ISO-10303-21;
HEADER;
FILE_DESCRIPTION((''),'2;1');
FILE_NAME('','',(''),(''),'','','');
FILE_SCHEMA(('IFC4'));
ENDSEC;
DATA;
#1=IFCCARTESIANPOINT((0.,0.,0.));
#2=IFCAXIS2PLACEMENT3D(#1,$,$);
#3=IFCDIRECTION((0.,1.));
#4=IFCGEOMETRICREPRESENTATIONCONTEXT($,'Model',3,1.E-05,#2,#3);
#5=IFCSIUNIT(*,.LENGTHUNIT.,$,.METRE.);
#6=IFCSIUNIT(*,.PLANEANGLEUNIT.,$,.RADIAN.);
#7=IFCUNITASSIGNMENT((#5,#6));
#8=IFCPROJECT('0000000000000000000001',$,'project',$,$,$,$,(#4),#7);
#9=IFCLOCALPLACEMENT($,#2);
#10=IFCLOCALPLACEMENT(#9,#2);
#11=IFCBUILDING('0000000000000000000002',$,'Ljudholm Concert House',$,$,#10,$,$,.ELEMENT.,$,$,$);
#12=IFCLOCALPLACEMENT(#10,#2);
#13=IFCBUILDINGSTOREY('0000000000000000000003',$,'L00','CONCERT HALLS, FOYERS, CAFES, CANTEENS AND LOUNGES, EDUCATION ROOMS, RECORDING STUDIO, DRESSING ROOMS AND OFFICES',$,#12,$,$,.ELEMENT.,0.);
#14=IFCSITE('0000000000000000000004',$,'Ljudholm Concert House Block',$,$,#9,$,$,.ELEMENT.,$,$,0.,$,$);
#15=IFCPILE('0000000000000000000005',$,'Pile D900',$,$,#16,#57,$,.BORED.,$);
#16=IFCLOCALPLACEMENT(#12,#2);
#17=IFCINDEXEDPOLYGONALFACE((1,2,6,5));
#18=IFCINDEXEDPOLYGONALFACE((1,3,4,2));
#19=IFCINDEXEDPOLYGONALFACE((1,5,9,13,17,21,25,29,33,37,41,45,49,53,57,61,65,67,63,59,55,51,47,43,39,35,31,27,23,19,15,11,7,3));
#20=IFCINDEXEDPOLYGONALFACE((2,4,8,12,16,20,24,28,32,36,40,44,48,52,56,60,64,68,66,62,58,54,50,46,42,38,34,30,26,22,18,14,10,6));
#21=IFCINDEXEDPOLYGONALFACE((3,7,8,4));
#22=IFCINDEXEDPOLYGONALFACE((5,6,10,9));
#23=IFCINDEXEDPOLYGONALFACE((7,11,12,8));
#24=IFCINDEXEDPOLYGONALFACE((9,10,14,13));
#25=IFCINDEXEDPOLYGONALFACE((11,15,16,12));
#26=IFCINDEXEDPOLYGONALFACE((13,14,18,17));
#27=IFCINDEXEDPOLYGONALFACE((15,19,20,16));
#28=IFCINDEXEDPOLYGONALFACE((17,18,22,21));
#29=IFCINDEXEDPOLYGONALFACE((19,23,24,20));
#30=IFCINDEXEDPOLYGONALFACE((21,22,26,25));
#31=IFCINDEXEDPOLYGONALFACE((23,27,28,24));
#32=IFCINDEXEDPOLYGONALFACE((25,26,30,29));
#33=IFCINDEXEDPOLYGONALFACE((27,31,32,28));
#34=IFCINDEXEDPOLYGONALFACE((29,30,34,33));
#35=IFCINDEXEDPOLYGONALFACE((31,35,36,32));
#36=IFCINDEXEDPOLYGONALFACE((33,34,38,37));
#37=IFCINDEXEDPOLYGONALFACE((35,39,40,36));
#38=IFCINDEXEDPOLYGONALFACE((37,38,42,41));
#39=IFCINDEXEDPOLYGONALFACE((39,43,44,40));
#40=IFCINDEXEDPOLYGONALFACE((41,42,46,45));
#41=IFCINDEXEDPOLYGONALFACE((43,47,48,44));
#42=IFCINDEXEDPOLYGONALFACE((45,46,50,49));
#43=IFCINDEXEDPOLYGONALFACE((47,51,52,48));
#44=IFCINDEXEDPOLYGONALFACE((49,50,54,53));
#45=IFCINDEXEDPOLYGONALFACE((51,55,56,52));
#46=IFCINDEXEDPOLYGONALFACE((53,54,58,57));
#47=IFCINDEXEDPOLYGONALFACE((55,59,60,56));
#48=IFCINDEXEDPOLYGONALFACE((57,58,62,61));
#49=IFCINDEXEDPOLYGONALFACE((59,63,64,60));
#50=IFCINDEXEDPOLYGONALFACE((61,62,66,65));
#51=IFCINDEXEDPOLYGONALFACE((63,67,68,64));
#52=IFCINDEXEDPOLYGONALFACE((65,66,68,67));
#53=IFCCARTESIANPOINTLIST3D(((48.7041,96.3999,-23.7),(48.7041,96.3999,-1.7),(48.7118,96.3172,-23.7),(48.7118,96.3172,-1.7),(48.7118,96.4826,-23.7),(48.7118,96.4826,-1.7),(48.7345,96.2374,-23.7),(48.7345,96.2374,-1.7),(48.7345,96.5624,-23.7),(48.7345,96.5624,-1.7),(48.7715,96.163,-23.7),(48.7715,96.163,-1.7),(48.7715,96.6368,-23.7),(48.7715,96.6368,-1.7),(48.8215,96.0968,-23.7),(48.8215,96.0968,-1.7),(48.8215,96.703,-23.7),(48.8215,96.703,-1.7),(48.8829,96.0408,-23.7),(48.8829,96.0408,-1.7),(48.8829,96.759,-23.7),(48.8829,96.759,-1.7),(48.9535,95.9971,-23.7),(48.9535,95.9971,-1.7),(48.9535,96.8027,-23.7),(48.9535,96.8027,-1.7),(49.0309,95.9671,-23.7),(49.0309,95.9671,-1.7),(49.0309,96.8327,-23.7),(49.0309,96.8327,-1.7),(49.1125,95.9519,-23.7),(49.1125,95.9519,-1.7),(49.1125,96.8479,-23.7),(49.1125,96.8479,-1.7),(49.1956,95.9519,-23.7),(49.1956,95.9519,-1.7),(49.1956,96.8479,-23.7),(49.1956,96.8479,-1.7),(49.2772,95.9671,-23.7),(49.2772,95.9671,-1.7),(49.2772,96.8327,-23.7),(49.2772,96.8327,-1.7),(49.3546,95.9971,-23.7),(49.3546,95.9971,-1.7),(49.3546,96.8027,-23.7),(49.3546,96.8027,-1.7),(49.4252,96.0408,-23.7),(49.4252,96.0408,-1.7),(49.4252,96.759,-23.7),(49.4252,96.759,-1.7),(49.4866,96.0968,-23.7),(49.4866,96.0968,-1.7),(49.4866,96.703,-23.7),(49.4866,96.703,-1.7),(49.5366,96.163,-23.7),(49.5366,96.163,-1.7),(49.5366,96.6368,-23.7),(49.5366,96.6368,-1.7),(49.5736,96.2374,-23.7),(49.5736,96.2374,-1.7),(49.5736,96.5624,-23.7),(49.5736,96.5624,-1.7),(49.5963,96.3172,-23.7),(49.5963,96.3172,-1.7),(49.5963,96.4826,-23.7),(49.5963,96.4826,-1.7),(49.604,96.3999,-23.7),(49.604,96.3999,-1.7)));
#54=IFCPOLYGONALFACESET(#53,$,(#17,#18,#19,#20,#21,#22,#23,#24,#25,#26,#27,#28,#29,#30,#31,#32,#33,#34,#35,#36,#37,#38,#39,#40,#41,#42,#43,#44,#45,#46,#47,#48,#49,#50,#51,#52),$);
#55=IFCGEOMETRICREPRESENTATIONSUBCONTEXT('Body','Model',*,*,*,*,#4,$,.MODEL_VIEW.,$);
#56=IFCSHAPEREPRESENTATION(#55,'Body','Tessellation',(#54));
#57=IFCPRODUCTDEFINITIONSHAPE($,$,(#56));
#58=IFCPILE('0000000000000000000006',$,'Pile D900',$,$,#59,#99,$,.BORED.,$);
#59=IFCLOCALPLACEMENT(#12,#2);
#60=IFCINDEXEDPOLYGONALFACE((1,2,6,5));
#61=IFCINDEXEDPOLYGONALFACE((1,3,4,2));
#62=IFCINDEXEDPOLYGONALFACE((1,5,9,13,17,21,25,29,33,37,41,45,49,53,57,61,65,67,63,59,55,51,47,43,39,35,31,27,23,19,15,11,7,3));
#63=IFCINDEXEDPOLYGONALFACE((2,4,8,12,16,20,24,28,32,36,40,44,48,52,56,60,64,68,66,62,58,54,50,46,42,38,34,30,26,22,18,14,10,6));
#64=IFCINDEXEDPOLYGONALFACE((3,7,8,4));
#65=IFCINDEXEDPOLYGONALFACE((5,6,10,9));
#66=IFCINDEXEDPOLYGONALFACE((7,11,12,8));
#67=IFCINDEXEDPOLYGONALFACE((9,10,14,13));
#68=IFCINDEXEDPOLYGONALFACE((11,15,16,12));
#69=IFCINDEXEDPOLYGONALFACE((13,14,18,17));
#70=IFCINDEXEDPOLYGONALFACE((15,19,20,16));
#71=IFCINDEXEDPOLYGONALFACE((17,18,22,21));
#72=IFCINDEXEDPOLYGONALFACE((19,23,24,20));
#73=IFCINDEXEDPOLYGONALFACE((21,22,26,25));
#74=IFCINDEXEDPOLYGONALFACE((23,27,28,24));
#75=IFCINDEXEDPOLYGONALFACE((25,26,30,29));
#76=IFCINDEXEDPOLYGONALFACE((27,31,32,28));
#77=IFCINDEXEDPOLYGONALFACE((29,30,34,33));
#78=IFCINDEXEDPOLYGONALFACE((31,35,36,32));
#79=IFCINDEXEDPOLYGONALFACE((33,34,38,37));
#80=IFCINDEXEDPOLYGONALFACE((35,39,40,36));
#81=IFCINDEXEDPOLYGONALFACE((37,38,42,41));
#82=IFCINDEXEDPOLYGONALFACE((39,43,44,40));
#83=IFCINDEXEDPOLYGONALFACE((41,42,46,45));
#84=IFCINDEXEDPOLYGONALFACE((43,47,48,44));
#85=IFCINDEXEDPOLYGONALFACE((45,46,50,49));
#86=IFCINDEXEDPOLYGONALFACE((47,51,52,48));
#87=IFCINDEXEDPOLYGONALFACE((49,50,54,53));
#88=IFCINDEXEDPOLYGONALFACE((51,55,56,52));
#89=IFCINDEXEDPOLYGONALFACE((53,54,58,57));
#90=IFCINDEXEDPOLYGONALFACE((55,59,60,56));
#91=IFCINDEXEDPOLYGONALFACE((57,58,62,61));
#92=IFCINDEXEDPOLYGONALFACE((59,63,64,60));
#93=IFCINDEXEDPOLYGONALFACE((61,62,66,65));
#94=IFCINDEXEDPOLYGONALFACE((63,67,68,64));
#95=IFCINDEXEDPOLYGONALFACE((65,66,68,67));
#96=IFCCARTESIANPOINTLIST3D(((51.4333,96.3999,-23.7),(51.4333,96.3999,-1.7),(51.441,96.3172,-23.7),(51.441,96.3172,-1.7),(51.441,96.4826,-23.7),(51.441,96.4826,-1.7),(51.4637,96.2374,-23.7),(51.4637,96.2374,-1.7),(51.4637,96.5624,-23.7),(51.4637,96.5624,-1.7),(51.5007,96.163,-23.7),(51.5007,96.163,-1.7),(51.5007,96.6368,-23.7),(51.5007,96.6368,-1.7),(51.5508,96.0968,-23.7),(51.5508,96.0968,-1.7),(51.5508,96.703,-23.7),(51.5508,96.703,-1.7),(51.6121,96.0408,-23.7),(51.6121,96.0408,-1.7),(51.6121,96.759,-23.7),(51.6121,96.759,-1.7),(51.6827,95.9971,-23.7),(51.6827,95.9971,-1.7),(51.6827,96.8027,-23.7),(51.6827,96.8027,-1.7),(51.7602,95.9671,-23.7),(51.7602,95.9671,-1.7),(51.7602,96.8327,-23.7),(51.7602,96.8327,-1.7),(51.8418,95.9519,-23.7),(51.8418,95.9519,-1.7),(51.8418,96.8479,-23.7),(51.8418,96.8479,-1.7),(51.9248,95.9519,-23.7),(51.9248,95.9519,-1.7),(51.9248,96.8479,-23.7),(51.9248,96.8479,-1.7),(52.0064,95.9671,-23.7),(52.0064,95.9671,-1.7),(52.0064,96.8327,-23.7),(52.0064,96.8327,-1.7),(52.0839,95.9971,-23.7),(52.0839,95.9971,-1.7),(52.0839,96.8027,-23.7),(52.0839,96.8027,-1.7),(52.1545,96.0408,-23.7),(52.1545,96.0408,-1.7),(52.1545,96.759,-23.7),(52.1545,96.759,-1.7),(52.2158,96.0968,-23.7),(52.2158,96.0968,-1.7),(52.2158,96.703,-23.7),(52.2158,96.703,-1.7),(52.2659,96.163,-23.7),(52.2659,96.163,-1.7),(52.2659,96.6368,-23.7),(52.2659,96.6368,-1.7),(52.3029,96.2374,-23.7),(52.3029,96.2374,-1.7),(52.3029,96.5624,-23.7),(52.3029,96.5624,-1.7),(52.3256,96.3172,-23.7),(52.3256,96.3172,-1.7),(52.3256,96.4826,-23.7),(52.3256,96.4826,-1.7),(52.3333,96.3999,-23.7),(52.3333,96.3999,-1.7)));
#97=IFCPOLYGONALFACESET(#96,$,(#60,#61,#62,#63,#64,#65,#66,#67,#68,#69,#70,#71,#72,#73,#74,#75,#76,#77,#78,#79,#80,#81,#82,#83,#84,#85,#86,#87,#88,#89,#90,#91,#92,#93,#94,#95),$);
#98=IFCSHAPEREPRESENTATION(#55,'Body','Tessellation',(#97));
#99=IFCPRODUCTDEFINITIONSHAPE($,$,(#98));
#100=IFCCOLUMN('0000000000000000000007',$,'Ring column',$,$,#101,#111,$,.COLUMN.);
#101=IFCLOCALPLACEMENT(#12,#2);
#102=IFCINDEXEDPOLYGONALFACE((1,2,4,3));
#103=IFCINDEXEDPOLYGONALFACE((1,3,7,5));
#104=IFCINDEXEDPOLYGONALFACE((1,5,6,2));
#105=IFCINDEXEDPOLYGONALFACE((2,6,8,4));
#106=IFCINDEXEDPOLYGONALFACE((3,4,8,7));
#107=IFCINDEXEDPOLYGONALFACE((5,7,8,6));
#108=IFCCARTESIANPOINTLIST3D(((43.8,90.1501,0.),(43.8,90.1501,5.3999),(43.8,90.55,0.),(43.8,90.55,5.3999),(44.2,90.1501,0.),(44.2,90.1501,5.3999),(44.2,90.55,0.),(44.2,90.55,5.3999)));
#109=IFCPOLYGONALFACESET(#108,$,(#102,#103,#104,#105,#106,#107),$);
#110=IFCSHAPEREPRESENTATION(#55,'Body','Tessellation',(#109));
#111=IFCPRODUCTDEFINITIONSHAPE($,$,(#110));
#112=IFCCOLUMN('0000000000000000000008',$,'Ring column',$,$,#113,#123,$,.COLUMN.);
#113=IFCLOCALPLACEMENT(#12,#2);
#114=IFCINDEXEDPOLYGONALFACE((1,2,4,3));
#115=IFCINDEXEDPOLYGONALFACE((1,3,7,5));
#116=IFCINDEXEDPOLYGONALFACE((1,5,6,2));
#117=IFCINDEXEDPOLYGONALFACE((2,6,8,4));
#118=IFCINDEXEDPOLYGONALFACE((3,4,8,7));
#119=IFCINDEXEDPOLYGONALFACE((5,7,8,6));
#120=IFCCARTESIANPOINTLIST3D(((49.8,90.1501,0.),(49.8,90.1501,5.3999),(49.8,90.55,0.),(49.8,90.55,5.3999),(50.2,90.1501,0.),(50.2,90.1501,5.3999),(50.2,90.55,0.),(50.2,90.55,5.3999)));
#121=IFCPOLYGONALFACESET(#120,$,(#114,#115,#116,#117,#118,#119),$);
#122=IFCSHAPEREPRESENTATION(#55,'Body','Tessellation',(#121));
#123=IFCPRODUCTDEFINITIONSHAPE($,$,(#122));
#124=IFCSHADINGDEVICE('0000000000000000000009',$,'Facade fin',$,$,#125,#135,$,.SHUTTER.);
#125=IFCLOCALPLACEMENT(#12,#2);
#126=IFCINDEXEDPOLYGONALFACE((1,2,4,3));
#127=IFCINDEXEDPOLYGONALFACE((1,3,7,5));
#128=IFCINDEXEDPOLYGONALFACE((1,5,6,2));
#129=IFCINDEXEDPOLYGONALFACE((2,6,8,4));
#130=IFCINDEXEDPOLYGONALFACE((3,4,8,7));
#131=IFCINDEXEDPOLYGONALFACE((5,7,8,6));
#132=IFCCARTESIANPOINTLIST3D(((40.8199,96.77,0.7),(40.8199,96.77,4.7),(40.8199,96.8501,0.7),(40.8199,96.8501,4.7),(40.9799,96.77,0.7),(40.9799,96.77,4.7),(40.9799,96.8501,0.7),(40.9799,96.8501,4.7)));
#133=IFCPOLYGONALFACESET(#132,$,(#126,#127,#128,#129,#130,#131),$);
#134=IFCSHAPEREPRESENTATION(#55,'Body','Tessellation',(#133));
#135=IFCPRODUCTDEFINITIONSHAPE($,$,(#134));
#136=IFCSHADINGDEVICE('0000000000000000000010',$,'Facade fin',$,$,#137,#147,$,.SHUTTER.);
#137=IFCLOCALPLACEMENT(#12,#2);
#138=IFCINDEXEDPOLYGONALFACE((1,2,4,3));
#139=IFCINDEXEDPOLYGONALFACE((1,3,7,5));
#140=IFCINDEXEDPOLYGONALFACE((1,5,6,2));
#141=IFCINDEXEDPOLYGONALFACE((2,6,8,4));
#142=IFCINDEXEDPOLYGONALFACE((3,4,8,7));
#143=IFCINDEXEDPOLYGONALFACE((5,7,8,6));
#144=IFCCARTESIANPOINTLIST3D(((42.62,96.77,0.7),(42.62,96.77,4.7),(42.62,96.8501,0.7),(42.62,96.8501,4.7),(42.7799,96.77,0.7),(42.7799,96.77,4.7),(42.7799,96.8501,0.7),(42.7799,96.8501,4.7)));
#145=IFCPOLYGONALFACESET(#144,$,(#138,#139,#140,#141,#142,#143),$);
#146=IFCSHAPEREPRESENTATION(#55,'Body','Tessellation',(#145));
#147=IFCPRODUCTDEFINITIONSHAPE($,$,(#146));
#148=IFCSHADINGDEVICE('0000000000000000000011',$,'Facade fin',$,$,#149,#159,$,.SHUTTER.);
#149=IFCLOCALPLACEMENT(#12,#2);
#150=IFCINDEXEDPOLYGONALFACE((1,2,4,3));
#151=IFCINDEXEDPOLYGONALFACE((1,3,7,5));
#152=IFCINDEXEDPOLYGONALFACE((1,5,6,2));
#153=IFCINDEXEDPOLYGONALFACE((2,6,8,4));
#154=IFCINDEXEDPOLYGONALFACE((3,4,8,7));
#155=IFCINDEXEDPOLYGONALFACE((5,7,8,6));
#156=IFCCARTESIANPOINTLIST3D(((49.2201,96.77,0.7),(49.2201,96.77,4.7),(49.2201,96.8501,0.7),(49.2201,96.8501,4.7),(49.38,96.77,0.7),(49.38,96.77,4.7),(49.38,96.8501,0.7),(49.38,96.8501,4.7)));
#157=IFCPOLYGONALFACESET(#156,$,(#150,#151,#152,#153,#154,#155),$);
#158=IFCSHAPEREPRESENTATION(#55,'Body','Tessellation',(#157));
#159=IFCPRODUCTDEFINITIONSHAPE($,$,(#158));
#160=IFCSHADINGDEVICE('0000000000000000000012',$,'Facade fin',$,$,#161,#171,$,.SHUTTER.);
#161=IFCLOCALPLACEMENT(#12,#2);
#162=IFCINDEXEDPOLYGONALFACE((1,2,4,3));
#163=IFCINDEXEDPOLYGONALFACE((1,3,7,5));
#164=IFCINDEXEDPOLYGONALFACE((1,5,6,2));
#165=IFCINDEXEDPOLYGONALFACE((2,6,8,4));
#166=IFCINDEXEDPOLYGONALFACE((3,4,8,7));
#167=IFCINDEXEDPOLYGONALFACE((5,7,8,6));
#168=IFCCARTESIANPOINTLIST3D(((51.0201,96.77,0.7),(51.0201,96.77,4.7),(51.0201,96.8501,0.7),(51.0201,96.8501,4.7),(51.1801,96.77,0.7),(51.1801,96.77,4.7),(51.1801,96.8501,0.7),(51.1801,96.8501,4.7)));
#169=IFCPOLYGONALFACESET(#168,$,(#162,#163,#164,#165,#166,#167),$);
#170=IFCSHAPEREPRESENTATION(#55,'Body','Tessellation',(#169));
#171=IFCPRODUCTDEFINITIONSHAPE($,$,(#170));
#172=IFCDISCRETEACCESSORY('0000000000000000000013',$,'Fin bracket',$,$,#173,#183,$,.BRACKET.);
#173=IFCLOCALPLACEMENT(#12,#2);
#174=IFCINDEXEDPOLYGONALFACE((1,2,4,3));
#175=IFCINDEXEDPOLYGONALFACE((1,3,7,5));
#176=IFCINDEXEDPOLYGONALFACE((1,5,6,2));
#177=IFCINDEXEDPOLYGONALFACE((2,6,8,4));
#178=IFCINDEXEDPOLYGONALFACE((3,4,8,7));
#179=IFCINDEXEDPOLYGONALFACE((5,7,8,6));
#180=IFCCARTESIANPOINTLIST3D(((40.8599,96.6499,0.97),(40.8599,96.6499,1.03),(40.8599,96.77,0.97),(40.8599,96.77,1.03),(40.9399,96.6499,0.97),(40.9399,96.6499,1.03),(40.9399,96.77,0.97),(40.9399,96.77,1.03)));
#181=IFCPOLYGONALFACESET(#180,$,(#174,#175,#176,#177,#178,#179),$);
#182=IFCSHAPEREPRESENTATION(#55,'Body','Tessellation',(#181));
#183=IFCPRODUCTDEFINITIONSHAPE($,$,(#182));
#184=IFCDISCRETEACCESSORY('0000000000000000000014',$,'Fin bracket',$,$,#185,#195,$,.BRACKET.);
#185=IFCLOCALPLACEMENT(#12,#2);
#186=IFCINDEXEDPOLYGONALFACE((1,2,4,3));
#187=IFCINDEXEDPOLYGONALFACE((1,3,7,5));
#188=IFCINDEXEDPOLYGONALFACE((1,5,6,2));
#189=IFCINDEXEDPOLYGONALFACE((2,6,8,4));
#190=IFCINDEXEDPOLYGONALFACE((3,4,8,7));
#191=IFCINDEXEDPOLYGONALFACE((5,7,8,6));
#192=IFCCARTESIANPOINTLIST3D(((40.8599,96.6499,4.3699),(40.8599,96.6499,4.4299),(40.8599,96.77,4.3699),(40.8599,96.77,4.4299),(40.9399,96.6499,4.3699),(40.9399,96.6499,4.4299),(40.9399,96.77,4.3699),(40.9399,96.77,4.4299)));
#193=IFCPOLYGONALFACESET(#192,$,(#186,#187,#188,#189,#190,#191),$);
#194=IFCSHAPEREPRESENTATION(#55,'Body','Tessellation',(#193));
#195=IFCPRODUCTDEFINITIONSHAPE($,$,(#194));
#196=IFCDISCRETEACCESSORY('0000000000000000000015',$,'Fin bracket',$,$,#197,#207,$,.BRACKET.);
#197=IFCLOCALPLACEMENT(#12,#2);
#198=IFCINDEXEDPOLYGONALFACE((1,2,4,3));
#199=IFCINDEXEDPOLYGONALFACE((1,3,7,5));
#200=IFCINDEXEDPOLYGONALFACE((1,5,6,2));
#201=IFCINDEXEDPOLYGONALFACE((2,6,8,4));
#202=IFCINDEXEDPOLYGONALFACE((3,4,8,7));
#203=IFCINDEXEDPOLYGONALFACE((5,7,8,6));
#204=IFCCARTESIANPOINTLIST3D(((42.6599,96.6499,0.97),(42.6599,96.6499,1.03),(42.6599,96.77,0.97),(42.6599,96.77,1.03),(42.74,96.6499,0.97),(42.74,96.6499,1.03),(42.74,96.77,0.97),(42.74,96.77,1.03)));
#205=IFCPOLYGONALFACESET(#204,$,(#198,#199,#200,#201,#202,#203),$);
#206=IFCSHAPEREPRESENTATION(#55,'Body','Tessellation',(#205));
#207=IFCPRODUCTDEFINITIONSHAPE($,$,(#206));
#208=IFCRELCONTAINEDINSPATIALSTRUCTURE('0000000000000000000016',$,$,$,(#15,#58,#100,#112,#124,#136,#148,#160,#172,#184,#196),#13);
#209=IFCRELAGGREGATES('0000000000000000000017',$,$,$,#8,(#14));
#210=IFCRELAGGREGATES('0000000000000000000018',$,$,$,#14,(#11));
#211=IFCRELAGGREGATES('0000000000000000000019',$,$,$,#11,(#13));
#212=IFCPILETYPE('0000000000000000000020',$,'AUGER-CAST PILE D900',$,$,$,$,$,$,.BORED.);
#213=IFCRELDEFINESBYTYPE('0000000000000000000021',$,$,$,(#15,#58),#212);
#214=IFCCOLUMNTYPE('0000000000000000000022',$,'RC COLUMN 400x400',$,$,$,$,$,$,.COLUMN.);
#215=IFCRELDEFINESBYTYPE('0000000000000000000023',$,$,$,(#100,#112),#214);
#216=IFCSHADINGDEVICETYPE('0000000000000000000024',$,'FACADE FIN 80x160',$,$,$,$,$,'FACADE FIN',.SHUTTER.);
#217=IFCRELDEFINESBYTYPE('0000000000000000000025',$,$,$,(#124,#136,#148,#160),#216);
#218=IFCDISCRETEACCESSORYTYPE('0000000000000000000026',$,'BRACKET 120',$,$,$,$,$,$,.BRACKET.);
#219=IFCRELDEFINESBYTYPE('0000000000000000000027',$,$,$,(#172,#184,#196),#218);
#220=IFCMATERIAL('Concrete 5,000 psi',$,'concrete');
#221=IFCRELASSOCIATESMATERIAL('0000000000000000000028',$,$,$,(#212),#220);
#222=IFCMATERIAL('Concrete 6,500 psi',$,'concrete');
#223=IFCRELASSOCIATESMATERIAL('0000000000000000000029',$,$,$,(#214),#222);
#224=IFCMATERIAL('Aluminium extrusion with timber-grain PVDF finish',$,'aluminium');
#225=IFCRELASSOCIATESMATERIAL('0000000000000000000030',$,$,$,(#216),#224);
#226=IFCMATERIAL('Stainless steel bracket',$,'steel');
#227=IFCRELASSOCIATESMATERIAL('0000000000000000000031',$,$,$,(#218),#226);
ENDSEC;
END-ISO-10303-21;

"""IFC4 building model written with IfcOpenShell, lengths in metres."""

from ifc_helpers import new_model, si_unit, direction, frame, origin, origin_2d, place, context, subcontext, project, spatial, rectangle, circle, extrude, material, material_profile, profile_set, type_object, element, save


model = new_model("IFC4")

# Units and contexts
model_context = context("Model", 3, precision=1e-05, world=origin(), true_north=direction((0.0, 1.0)))
body_context = subcontext(model_context, "Body", "Model", "MODEL_VIEW")
ifc_project = project(units=[si_unit("LENGTHUNIT", "METRE"), si_unit("PLANEANGLEUNIT", "RADIAN")], contexts=[model_context])

# Site, building, storey
site_placement = place(None, origin())
site = spatial("IfcSite", under=ifc_project, at=site_placement, Name="Ljudholm Concert House Block", CompositionType="ELEMENT", RefElevation=0.0)
building_placement = place(site_placement, origin())
building = spatial("IfcBuilding", under=site, at=building_placement, Name="Ljudholm Concert House", CompositionType="ELEMENT")
storey_placement = place(building_placement, origin())
storey = spatial("IfcBuildingStorey", under=building, at=storey_placement, Name="L00", Description="CONCERT HALLS, FOYERS, CAFES, CANTEENS AND LOUNGES, EDUCATION ROOMS, RECORDING STUDIO, DRESSING ROOMS AND OFFICES", CompositionType="ELEMENT", Elevation=0.0)

# Piles
ifc_material_1 = material(Name="Concrete 5,000 psi", Category="concrete")
ifc_material_profile_1 = material_profile(ifc_material_1, circle(Radius=0.45, at=origin_2d()), Name="AUGER-CAST PILE D900")
ifc_profile_set_1 = profile_set([ifc_material_profile_1], Name="Concrete 5,000 psi")
pile_type_1 = type_object("IfcPileType", Name="AUGER-CAST PILE D900", PredefinedType="BORED", material=ifc_profile_set_1)
for number, where, z_axis, x_axis, name in (
    (1, (49.1541, 96.3999, -1.7), (0.0, 0.0, -1.0), (1.0, 0.0, 0.0), "Pile D900"),
    (2, (51.8833, 96.3999, -1.7), (0.0, 0.0, -1.0), (1.0, 0.0, 0.0), "Pile D900"),
):
    element("IfcPile", number, at=place(storey_placement, frame(where, z_axis=z_axis, x_axis=x_axis)), inside=storey, type_object=pile_type_1, Name=name, PredefinedType="BORED", context=body_context, shape_type="SweptSolid", body=[
        extrude(circle(Radius=0.45, at=origin_2d()), origin(), (0.0, 0.0, 1.0), 22.0),
    ])

# Columns
ifc_material_2 = material(Name="Concrete 6,500 psi", Category="concrete")
ifc_material_profile_2 = material_profile(ifc_material_2, rectangle(XDim=0.3999, YDim=0.3999, at=origin_2d()), Name="RC COLUMN 400x400")
ifc_profile_set_2 = profile_set([ifc_material_profile_2], Name="Concrete 6,500 psi")
column_type = type_object("IfcColumnType", Name="RC COLUMN 400x400", PredefinedType="COLUMN", material=ifc_profile_set_2)
for number, where, z_axis, x_axis, name in (
    (3, (44.0, 90.3501, 0.0), (0.0, 0.0, 1.0), (1.0, 0.0, 0.0), "Ring column"),
    (4, (50.0, 90.3501, 0.0), (0.0, 0.0, 1.0), (1.0, 0.0, 0.0), "Ring column"),
):
    element("IfcColumn", number, at=place(storey_placement, frame(where, z_axis=z_axis, x_axis=x_axis)), inside=storey, type_object=column_type, Name=name, PredefinedType="COLUMN", context=body_context, shape_type="SweptSolid", body=[
        extrude(rectangle(XDim=0.3999, YDim=0.3999, at=origin_2d()), origin(), (0.0, 0.0, 1.0), 5.3999),
    ])

# Shading devices
ifc_material_3 = material(Name="Aluminium extrusion with timber-grain PVDF finish", Category="aluminium")
shading_device_type = type_object("IfcShadingDeviceType", Name="FACADE FIN 80x160", ElementType="FACADE FIN", PredefinedType="SHUTTER", material=ifc_material_3)
for number, where, z_axis, x_axis, name in (
    (5, (40.8999, 96.8101, 0.7), (0.0, 0.0, 1.0), (0.0, 1.0, 0.0), "Facade fin"),
    (6, (42.7, 96.8101, 0.7), (0.0, 0.0, 1.0), (0.0, 1.0, 0.0), "Facade fin"),
    (7, (49.3, 96.8101, 0.7), (0.0, 0.0, 1.0), (0.0, 1.0, 0.0), "Facade fin"),
    (8, (51.1001, 96.8101, 0.7), (0.0, 0.0, 1.0), (0.0, 1.0, 0.0), "Facade fin"),
):
    element("IfcShadingDevice", number, at=place(storey_placement, frame(where, z_axis=z_axis, x_axis=x_axis)), inside=storey, type_object=shading_device_type, Name=name, PredefinedType="SHUTTER", context=body_context, shape_type="SweptSolid", body=[
        extrude(rectangle(XDim=0.0801, YDim=0.1599, at=origin_2d()), origin(), (0.0, 0.0, 1.0), 4.0),
    ])

# Discrete accessories
ifc_material_4 = material(Name="Stainless steel bracket", Category="steel")
discrete_accessory_type = type_object("IfcDiscreteAccessoryType", Name="BRACKET 120", PredefinedType="BRACKET", material=ifc_material_4)
for number, where, z_axis, x_axis, name in (
    (9, (40.8999, 96.71, 0.97), (0.0, 0.0, 1.0), (0.0, 1.0, 0.0), "Fin bracket"),
    (10, (40.8999, 96.71, 4.3699), (0.0, 0.0, 1.0), (0.0, 1.0, 0.0), "Fin bracket"),
    (11, (42.7, 96.71, 0.97), (0.0, 0.0, 1.0), (0.0, 1.0, 0.0), "Fin bracket"),
):
    element("IfcDiscreteAccessory", number, at=place(storey_placement, frame(where, z_axis=z_axis, x_axis=x_axis)), inside=storey, type_object=discrete_accessory_type, Name=name, PredefinedType="BRACKET", context=body_context, shape_type="SweptSolid", body=[
        extrude(rectangle(XDim=0.1201, YDim=0.0801, at=origin_2d()), origin(), (0.0, 0.0, 1.0), 0.0601),
    ])

save(model, "model.ifc")
